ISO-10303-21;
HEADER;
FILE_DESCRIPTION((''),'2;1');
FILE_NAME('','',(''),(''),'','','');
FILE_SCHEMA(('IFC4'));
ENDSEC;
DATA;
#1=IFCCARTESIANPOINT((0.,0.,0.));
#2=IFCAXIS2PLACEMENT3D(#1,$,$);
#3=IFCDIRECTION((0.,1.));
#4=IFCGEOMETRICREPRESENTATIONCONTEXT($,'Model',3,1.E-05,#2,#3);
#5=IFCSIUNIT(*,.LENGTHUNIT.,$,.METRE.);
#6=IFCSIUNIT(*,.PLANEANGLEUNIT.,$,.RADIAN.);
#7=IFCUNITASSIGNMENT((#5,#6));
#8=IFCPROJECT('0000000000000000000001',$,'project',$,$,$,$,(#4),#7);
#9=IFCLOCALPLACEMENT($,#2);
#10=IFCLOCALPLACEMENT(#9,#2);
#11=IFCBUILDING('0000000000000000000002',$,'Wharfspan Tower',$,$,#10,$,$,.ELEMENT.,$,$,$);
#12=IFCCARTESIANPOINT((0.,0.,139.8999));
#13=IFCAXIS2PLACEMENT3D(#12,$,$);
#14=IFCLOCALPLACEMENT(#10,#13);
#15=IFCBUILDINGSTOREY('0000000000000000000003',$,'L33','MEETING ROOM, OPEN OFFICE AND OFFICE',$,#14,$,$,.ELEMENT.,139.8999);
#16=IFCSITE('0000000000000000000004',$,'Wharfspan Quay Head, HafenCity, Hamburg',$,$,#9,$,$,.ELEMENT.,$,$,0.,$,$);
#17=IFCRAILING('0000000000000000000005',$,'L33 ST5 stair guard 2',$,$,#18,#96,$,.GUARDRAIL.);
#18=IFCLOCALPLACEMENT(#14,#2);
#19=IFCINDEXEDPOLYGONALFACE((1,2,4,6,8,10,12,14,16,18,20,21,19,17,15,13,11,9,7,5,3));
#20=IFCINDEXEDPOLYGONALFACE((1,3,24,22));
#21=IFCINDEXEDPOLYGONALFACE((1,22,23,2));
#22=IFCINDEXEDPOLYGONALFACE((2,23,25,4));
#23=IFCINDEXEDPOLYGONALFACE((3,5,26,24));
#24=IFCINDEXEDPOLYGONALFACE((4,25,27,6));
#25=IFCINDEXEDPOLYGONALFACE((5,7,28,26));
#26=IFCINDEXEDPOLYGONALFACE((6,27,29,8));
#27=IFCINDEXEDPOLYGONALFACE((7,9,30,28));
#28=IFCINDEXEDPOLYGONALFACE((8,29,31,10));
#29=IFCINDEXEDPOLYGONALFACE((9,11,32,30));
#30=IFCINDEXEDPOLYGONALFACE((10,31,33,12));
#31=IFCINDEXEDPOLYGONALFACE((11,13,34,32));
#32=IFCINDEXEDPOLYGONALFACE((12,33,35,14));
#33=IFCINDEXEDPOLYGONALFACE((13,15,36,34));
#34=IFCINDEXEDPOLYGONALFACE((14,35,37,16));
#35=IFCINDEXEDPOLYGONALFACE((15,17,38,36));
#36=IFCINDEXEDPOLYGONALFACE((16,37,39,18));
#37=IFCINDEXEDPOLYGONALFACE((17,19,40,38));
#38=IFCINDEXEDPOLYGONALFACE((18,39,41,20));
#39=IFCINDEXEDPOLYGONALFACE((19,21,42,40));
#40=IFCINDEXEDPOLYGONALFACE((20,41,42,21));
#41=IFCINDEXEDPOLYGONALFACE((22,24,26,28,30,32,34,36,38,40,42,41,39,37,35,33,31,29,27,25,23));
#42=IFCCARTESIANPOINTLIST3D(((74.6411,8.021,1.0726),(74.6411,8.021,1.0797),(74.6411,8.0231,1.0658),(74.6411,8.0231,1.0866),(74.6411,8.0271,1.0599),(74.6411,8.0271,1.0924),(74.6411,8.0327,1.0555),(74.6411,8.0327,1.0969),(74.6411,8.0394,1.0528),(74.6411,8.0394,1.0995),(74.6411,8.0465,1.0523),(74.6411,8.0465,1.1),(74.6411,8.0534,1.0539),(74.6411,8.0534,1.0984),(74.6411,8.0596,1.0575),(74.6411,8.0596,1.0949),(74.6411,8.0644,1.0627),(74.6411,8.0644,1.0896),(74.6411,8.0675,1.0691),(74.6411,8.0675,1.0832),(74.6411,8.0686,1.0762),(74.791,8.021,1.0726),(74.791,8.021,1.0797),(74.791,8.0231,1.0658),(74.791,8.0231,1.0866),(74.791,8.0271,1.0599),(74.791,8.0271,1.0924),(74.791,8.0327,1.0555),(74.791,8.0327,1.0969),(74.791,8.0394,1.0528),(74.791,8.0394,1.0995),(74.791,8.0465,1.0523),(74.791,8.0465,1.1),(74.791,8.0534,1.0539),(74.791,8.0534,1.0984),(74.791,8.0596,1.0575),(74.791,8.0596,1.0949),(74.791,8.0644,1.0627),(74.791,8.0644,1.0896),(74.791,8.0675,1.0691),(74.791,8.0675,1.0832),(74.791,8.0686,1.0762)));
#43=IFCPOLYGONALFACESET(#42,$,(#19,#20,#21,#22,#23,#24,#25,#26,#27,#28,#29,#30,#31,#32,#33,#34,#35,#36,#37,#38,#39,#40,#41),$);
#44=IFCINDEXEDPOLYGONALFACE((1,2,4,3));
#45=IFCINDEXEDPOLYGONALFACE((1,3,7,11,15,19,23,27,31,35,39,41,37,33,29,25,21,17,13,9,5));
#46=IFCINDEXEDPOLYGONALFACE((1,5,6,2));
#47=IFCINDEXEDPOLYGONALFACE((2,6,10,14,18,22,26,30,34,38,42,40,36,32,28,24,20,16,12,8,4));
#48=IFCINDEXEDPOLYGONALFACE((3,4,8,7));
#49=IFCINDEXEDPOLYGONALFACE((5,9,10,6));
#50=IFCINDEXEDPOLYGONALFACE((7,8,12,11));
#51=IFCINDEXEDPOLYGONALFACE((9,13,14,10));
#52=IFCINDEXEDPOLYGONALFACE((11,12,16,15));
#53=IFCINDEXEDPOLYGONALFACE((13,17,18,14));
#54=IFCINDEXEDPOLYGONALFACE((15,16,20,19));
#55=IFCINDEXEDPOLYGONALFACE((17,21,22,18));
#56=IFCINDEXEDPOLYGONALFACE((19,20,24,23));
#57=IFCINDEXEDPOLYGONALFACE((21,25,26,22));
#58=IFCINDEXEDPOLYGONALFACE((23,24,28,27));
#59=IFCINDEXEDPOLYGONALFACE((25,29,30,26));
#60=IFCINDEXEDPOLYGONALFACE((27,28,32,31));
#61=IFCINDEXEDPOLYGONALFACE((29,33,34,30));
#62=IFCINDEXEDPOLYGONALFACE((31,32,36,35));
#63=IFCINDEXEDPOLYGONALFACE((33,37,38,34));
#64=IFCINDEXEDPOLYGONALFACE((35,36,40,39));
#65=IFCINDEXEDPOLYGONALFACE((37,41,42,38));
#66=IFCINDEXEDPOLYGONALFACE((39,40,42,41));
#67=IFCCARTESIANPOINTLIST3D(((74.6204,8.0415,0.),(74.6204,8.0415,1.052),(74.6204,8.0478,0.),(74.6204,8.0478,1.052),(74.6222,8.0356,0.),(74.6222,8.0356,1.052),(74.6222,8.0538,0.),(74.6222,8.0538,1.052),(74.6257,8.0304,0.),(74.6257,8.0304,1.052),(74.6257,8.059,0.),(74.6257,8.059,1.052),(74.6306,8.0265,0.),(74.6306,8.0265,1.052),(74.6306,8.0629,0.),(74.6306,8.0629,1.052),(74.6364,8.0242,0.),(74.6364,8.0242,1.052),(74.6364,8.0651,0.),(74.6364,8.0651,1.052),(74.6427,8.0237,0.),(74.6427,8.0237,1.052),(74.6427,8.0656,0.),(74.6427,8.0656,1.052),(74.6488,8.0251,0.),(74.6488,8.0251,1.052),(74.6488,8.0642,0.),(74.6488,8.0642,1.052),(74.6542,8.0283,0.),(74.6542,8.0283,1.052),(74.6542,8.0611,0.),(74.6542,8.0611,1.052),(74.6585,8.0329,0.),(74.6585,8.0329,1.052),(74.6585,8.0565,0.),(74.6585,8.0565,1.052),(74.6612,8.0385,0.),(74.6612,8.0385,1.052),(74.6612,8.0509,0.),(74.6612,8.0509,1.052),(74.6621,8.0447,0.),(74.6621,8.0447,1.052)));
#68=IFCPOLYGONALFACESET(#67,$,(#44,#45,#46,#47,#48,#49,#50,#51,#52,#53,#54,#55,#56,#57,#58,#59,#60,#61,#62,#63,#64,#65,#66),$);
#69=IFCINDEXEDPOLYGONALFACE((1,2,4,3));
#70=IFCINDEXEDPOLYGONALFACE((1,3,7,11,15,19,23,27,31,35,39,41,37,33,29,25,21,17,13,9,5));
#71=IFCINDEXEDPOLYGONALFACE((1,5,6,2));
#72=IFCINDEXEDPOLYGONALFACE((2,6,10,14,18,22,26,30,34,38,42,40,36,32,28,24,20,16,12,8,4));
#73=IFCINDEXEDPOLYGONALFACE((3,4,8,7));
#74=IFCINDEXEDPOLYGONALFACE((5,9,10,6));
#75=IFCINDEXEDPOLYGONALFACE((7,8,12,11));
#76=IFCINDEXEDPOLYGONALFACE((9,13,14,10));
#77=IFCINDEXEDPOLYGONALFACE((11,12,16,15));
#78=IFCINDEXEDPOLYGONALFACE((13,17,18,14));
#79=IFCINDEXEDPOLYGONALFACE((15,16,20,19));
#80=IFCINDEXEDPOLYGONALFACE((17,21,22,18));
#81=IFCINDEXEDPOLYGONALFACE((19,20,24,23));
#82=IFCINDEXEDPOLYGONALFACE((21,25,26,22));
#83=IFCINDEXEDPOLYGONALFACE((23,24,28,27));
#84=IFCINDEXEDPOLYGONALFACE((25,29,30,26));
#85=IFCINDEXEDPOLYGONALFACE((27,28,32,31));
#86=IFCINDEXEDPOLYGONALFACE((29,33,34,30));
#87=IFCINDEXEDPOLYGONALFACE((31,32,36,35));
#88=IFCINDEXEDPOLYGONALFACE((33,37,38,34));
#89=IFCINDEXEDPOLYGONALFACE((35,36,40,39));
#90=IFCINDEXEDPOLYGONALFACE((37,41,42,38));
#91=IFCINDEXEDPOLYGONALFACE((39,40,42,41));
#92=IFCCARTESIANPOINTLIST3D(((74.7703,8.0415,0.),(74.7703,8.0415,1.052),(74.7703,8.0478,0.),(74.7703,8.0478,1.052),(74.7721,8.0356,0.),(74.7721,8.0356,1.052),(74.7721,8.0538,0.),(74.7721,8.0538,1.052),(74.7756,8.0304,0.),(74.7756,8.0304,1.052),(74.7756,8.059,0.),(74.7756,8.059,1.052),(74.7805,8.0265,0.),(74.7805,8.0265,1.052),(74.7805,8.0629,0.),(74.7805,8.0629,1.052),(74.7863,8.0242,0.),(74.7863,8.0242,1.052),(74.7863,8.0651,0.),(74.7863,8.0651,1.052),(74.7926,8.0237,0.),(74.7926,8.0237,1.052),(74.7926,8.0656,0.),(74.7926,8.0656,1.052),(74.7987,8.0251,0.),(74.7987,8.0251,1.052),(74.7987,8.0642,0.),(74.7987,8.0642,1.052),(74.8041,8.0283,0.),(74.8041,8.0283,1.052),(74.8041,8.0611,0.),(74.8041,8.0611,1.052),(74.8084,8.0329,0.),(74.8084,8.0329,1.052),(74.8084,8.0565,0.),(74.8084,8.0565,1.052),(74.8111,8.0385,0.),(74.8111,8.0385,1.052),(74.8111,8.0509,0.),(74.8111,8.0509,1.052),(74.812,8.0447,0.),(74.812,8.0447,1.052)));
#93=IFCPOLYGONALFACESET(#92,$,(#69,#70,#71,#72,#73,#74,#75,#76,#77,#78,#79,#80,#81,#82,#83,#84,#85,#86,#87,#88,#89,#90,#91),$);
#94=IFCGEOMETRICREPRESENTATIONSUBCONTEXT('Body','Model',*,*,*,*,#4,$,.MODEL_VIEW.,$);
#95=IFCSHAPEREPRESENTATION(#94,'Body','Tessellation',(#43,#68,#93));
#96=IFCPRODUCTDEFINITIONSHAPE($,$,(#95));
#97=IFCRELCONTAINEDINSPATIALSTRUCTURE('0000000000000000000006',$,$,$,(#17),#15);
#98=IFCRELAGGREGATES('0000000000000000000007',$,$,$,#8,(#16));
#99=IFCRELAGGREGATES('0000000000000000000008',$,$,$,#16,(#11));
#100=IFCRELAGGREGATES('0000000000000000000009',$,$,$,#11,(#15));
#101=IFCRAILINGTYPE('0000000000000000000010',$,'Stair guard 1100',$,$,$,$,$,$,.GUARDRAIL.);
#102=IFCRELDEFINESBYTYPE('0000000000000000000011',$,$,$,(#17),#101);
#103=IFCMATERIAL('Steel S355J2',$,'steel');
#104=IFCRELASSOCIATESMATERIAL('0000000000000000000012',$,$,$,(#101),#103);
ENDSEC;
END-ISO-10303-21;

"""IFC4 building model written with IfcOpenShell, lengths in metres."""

from ifc_helpers import new_model, si_unit, direction, frame, origin, origin_2d, place, context, subcontext, project, spatial, circle, extrude, material, type_object, element, save


model = new_model("IFC4")

# Units and contexts
model_context = context("Model", 3, precision=1e-05, world=origin(), true_north=direction((0.0, 1.0)))
body_context = subcontext(model_context, "Body", "Model", "MODEL_VIEW")
ifc_project = project(units=[si_unit("LENGTHUNIT", "METRE"), si_unit("PLANEANGLEUNIT", "RADIAN")], contexts=[model_context])

# Site, building, storey
site_placement = place(None, origin())
site = spatial("IfcSite", under=ifc_project, at=site_placement, Name="Wharfspan Quay Head, HafenCity, Hamburg", CompositionType="ELEMENT", RefElevation=0.0)
building_placement = place(site_placement, origin())
building = spatial("IfcBuilding", under=site, at=building_placement, Name="Wharfspan Tower", CompositionType="ELEMENT")
storey_placement = place(building_placement, frame((0.0, 0.0, 139.8999)))
storey = spatial("IfcBuildingStorey", under=building, at=storey_placement, Name="L33", Description="MEETING ROOM, OPEN OFFICE AND OFFICE", CompositionType="ELEMENT", Elevation=139.8999)

# Railing
ifc_material_1 = material(Name="Steel S355J2", Category="steel")
railing_type_1 = type_object("IfcRailingType", Name="Stair guard 1100", PredefinedType="GUARDRAIL", material=ifc_material_1)
railing_1_placement = place(storey_placement, frame((74.6411, 8.0447, 0.0)))
element("IfcRailing", 1, at=railing_1_placement, inside=storey, type_object=railing_type_1, Name="L33 ST5 stair guard 2", PredefinedType="GUARDRAIL", context=body_context, shape_type="SweptSolid", body=[
    extrude(circle(Radius=0.0239, at=origin_2d()), frame((0.0, 0.0, 1.0762), z_axis=(1.0, 0.0, 0.0), x_axis=(0.0, 1.0, 0.0)), (0.0, 0.0, 1.0), 0.1499),
    extrude(circle(Radius=0.021, at=origin_2d()), origin(), (0.0, 0.0, 1.0), 1.052),
    extrude(circle(Radius=0.021, at=origin_2d()), frame((0.1499, 0.0, 0.0)), (0.0, 0.0, 1.0), 1.052),
])

save(model, "model.ifc")
